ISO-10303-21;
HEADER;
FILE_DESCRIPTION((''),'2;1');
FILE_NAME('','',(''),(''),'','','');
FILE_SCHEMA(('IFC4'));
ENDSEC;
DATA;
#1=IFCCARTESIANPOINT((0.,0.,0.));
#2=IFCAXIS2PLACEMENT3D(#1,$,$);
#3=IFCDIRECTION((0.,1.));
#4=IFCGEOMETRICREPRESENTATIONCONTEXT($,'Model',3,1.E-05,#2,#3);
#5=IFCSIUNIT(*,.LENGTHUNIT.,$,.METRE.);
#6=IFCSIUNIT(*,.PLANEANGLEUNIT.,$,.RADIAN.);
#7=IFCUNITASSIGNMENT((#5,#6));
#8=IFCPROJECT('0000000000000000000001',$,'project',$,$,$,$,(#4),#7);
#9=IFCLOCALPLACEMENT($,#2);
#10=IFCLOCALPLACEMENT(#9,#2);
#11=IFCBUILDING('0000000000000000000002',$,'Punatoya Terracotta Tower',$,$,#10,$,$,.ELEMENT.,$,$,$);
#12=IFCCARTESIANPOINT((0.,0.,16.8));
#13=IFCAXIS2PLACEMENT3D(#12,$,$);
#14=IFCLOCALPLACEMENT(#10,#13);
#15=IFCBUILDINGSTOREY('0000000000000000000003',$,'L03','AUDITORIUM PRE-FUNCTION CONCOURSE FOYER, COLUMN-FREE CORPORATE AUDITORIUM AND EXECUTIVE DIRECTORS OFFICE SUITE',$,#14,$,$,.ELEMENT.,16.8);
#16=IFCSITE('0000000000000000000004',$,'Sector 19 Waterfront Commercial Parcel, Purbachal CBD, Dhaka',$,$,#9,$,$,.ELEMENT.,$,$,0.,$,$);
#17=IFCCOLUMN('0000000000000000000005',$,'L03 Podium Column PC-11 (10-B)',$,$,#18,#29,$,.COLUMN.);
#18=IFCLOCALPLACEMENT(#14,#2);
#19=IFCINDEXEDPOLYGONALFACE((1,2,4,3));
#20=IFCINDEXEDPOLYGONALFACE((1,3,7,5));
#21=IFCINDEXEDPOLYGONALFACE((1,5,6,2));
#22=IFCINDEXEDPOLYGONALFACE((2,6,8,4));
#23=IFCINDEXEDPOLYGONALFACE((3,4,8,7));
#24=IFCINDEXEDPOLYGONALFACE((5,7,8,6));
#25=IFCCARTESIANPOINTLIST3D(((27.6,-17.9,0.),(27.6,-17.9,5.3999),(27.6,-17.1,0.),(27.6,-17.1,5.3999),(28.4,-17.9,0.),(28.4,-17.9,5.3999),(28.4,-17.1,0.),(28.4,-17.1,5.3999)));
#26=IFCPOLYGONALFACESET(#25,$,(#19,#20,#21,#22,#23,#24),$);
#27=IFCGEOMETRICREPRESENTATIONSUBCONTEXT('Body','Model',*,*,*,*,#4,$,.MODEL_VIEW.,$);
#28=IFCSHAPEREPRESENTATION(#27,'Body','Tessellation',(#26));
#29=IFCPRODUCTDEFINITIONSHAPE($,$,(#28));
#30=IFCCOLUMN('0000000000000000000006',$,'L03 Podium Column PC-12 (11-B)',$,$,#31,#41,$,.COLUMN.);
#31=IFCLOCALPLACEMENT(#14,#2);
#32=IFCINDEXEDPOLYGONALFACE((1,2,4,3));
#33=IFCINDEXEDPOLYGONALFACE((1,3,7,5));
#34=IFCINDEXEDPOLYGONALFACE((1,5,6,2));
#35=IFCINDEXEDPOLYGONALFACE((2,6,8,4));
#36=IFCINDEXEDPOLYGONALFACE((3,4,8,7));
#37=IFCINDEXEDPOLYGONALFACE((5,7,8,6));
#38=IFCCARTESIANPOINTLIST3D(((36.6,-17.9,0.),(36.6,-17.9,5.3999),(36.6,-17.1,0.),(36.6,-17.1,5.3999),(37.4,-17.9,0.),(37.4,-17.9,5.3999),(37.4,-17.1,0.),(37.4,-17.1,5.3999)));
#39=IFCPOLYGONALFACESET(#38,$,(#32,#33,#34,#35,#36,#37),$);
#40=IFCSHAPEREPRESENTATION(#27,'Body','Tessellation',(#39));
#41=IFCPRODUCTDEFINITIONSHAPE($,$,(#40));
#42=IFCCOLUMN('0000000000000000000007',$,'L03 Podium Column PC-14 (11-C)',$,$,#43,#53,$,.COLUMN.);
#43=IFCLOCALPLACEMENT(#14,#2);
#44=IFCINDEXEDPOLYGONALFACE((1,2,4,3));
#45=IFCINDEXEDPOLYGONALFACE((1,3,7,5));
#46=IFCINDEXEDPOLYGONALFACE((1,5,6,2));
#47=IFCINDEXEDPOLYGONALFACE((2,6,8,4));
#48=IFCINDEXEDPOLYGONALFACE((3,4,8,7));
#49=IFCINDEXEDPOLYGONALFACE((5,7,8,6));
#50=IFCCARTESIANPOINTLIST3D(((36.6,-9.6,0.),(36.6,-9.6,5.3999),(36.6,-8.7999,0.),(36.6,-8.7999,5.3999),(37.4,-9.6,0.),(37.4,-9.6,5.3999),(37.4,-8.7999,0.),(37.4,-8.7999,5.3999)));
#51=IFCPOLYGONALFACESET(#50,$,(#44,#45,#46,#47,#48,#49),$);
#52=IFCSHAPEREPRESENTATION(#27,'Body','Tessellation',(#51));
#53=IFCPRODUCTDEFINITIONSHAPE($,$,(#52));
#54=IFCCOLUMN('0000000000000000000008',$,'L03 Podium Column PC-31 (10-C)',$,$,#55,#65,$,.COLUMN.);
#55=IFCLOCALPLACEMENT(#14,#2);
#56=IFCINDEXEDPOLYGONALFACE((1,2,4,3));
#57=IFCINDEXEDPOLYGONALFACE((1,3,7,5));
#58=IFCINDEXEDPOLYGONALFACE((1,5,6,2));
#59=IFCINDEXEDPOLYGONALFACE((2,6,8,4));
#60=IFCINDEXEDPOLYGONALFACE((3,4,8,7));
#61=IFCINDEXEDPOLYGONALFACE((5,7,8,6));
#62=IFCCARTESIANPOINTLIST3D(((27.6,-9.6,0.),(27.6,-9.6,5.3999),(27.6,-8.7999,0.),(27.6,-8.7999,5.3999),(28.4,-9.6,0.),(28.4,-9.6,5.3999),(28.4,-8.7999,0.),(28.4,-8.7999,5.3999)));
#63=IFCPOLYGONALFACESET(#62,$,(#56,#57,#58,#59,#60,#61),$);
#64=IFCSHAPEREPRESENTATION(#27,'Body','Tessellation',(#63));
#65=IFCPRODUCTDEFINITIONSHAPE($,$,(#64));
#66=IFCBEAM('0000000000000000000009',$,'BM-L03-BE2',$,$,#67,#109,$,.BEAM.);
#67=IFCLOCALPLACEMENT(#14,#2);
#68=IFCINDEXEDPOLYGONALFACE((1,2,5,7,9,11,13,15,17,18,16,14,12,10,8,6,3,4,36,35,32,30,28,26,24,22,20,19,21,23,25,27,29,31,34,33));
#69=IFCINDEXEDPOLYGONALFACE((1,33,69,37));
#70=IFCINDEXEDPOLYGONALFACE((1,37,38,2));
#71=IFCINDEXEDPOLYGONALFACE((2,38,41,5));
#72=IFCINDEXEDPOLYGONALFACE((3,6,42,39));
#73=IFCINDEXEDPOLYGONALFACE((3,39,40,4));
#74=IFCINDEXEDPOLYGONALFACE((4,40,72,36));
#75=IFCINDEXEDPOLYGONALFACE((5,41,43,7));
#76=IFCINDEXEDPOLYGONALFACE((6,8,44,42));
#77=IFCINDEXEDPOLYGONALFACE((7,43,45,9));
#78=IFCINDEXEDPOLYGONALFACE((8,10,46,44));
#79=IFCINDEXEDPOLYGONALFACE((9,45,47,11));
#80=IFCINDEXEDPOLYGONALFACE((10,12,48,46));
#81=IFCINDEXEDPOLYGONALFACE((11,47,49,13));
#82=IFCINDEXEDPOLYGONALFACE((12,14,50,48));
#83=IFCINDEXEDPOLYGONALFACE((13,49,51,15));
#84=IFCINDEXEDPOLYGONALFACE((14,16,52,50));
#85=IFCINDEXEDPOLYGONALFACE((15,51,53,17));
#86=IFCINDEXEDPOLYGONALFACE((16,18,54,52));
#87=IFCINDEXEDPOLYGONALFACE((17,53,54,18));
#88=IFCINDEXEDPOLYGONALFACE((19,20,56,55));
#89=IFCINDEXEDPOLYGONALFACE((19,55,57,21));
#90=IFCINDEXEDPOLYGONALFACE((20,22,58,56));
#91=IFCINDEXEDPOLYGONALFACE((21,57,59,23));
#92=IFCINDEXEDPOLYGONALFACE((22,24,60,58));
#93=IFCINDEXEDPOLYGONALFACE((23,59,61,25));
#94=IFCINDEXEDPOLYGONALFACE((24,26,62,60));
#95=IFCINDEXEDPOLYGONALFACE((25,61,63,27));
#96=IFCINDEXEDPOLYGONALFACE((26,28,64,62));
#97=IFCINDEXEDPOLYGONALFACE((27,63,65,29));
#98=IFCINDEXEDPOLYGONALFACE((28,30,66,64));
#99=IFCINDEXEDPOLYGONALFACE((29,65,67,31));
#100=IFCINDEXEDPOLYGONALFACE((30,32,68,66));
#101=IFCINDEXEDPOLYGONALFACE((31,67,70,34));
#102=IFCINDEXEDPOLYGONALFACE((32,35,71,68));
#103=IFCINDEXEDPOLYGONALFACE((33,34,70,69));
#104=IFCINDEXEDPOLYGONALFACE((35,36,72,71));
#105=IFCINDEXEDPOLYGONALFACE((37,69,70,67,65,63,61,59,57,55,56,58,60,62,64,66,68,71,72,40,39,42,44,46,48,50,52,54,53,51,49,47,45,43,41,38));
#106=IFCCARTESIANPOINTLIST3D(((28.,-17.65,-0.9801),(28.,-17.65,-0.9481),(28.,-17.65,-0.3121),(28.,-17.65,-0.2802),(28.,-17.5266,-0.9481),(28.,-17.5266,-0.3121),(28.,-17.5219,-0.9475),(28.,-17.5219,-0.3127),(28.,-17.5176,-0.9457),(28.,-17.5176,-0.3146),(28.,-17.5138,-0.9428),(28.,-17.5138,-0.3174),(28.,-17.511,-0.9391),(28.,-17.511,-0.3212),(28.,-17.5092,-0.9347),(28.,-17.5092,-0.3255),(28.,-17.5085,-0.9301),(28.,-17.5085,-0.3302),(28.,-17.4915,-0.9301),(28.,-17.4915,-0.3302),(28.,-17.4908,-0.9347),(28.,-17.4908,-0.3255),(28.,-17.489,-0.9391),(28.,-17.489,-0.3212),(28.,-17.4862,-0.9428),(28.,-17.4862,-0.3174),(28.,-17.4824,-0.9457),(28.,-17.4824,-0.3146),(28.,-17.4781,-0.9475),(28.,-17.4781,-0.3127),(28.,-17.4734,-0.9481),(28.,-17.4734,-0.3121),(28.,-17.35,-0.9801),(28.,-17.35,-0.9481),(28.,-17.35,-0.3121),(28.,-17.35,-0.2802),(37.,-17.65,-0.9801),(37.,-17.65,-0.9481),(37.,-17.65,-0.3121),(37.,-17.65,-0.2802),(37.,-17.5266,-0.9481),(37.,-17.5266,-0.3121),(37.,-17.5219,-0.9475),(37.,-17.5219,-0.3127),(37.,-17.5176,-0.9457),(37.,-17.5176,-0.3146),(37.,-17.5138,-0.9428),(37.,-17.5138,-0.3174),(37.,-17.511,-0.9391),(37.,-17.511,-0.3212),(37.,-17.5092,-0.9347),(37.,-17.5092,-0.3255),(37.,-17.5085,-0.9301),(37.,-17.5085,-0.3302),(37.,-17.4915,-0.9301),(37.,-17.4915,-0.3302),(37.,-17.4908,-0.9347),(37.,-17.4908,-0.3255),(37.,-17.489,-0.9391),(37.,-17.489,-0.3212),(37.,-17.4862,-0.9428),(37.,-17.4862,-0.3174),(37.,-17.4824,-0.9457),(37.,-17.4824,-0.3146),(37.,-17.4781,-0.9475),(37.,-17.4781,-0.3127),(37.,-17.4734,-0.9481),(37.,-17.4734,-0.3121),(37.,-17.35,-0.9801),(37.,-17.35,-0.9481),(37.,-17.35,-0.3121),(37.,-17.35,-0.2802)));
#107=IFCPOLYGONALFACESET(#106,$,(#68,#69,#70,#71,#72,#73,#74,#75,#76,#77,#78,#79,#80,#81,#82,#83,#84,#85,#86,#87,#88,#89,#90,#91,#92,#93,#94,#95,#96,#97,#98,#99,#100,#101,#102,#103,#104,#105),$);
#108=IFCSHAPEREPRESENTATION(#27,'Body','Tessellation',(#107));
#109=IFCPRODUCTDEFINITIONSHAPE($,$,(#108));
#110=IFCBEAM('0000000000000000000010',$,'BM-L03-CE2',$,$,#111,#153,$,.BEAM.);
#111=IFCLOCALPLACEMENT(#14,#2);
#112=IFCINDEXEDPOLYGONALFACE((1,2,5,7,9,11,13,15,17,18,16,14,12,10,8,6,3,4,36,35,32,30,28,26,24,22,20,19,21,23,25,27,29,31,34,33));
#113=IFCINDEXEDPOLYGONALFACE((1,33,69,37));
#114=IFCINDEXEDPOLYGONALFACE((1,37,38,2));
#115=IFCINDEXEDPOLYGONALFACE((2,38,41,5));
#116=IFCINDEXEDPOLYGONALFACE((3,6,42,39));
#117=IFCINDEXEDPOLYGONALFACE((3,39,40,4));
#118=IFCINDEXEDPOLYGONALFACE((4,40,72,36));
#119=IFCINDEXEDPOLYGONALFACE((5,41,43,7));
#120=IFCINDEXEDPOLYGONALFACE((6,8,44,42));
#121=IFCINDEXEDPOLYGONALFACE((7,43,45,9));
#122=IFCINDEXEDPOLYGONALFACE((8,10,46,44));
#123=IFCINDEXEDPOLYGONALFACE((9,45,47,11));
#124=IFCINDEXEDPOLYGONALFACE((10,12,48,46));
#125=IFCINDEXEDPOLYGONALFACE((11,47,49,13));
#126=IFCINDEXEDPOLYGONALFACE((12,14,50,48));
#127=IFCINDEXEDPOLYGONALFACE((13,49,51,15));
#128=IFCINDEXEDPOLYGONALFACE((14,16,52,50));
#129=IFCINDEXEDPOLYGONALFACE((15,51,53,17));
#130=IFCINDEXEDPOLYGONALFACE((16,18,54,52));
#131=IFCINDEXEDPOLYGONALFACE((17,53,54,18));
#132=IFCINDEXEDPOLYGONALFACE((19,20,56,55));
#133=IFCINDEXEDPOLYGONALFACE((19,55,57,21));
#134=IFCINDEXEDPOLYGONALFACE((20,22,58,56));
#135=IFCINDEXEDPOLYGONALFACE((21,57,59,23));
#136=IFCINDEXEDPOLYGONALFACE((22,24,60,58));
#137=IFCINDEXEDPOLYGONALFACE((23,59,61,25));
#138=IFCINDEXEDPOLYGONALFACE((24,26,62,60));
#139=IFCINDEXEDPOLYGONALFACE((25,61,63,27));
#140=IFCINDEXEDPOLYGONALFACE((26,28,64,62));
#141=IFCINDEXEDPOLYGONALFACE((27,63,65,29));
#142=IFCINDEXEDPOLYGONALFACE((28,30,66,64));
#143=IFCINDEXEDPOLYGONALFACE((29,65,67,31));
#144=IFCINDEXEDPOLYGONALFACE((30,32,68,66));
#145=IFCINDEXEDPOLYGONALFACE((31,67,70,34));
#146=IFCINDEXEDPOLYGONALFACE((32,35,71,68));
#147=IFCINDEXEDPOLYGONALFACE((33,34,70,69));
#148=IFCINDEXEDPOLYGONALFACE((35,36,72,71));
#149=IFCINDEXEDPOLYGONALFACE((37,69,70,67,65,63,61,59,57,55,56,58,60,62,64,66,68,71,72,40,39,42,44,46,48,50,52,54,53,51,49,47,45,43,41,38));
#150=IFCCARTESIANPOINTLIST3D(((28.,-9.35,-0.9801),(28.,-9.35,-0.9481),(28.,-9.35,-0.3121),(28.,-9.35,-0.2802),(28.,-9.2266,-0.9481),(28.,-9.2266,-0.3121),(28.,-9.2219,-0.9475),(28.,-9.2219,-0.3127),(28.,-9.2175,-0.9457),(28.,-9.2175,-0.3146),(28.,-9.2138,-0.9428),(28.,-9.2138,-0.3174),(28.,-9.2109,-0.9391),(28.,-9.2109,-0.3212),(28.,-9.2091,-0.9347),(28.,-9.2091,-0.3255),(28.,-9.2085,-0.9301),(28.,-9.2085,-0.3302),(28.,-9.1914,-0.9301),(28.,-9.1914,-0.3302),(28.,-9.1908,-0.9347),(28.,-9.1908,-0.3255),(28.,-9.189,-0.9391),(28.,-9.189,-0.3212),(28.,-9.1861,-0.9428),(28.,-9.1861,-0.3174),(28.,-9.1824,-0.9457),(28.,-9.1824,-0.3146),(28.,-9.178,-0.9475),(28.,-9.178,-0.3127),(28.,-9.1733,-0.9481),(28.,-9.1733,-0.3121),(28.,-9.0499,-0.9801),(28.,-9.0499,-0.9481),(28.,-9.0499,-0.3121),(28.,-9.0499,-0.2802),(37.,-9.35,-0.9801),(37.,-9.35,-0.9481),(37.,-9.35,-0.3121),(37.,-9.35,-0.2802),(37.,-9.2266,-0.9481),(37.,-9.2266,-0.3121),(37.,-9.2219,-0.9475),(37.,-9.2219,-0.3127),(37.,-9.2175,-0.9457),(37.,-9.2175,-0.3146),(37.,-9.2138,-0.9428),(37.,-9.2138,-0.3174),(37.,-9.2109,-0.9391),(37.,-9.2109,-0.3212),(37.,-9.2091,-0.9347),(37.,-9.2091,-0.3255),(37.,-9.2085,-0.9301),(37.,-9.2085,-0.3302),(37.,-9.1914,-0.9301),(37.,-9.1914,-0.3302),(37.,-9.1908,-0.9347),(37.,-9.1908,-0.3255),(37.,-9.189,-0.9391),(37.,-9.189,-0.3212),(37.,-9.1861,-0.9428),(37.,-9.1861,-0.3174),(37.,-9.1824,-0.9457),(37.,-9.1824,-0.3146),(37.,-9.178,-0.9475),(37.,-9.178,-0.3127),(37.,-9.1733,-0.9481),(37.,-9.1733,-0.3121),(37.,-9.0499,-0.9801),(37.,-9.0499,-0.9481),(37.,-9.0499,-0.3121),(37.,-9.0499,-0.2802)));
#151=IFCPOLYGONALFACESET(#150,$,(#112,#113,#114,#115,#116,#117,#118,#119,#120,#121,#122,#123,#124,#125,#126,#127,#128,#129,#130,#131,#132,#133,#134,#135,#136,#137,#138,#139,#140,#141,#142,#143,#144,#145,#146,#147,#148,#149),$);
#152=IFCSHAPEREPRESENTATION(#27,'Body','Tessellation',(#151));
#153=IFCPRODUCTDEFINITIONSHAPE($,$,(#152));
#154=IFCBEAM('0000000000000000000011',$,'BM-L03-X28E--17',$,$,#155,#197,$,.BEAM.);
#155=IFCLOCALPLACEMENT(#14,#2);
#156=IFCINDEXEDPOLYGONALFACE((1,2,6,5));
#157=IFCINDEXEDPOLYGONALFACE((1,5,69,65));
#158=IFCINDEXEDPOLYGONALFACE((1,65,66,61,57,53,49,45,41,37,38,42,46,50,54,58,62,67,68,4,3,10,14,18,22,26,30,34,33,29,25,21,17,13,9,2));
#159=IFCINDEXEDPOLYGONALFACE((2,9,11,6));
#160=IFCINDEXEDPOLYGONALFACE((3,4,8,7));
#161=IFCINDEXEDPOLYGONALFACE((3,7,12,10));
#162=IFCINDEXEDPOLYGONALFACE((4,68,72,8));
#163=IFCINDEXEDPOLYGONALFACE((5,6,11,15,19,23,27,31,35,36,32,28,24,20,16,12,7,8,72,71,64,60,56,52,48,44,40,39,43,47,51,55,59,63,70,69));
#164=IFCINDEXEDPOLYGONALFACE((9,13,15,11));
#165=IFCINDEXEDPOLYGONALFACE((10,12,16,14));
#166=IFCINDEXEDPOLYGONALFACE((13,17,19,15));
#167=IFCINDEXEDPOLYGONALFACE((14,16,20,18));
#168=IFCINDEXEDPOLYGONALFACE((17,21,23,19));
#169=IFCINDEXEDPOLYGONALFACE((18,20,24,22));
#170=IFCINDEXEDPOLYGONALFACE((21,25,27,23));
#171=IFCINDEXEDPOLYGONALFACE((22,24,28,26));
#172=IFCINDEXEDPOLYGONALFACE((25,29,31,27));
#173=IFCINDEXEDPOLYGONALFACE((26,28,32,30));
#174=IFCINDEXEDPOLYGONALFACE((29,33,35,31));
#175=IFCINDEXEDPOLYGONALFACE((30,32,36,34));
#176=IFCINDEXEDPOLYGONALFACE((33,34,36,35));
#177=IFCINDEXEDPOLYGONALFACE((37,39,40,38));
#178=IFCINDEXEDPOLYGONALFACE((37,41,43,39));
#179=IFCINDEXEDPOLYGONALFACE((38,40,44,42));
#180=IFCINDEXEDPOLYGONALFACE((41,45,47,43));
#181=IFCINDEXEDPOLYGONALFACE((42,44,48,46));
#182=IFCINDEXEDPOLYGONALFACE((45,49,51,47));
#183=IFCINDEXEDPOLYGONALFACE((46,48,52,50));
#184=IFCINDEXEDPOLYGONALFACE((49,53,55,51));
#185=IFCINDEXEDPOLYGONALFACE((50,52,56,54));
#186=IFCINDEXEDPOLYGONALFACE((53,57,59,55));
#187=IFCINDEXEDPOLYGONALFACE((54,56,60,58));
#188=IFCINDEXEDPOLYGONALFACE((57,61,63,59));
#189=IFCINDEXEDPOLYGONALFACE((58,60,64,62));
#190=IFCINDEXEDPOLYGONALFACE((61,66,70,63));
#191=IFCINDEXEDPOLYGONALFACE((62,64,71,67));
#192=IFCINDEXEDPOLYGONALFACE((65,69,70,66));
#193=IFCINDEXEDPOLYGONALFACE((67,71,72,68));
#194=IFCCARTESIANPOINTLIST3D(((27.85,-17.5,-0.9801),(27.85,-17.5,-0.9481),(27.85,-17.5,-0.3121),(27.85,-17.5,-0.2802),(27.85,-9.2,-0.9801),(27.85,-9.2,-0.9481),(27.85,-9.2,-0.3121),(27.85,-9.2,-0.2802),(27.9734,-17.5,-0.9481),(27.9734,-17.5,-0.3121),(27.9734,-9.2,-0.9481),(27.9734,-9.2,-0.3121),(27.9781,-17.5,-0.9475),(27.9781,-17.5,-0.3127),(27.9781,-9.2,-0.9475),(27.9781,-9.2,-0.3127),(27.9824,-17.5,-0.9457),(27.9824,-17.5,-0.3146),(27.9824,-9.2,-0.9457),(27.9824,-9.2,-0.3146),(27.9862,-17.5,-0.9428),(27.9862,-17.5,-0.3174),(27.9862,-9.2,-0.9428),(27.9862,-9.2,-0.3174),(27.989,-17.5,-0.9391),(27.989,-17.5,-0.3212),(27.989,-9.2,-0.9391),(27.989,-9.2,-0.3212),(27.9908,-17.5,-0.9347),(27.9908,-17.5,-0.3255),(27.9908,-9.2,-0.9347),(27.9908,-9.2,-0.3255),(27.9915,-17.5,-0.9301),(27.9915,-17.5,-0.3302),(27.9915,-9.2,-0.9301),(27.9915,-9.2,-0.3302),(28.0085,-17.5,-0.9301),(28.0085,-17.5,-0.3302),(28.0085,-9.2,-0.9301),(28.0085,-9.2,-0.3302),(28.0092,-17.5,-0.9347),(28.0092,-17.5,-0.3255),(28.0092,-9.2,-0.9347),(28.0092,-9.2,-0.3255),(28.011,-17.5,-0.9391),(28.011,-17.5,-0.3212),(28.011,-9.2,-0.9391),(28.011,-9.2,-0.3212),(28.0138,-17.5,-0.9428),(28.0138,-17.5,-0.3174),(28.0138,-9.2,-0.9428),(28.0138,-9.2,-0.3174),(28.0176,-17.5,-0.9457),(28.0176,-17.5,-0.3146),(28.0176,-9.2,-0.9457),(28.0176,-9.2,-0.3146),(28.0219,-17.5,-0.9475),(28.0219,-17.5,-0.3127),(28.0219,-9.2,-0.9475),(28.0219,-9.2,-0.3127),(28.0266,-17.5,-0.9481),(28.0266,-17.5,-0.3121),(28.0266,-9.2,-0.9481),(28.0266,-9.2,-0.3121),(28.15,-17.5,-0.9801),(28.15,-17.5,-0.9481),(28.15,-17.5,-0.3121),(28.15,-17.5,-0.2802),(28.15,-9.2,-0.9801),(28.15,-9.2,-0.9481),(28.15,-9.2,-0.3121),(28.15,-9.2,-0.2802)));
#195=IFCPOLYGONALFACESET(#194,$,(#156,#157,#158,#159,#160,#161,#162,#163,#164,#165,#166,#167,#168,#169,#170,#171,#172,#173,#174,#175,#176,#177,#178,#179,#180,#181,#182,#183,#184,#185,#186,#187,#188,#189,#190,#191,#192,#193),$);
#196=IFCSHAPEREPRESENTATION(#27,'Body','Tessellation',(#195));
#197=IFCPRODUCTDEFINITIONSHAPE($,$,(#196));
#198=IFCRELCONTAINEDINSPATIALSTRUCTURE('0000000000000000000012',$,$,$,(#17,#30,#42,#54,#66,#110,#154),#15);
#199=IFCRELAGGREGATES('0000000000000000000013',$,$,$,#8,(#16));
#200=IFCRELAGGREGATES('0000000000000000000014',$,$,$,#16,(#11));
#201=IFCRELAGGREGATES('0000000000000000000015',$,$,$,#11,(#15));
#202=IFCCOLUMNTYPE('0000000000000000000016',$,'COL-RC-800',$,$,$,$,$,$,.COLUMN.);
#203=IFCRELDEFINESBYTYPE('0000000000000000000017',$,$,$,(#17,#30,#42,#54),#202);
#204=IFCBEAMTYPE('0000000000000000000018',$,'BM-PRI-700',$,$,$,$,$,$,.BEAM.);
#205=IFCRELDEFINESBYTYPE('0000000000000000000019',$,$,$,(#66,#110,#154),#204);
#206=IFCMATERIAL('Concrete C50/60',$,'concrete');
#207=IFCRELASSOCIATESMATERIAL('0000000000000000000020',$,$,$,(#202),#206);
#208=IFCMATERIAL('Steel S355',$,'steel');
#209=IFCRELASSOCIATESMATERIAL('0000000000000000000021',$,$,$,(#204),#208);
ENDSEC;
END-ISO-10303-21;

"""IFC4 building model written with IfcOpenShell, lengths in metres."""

from ifc_helpers import new_model, si_unit, direction, frame, origin, origin_2d, place, context, subcontext, project, spatial, rectangle, i_section, extrude, material, material_profile, profile_set, type_object, element, save


model = new_model("IFC4")

# Units and contexts
model_context = context("Model", 3, precision=1e-05, world=origin(), true_north=direction((0.0, 1.0)))
body_context = subcontext(model_context, "Body", "Model", "MODEL_VIEW")
ifc_project = project(units=[si_unit("LENGTHUNIT", "METRE"), si_unit("PLANEANGLEUNIT", "RADIAN")], contexts=[model_context])

# Site, building, storey
site_placement = place(None, origin())
site = spatial("IfcSite", under=ifc_project, at=site_placement, Name="Sector 19 Waterfront Commercial Parcel, Purbachal CBD, Dhaka", CompositionType="ELEMENT", RefElevation=0.0)
building_placement = place(site_placement, origin())
building = spatial("IfcBuilding", under=site, at=building_placement, Name="Punatoya Terracotta Tower", CompositionType="ELEMENT")
storey_placement = place(building_placement, frame((0.0, 0.0, 16.8)))
storey = spatial("IfcBuildingStorey", under=building, at=storey_placement, Name="L03", Description="AUDITORIUM PRE-FUNCTION CONCOURSE FOYER, COLUMN-FREE CORPORATE AUDITORIUM AND EXECUTIVE DIRECTORS OFFICE SUITE", CompositionType="ELEMENT", Elevation=16.8)

# Columns
ifc_material_1 = material(Name="Concrete C50/60", Category="concrete")
ifc_material_profile_1 = material_profile(ifc_material_1, rectangle(XDim=0.8, YDim=0.8, at=origin_2d()))
ifc_profile_set_1 = profile_set([ifc_material_profile_1], Name="Concrete C50/60")
column_type = type_object("IfcColumnType", Name="COL-RC-800", PredefinedType="COLUMN", material=ifc_profile_set_1)
for number, where, z_axis, x_axis, name in (
    (1, (28.0, -17.5, 0.0), (0.0, 0.0, 1.0), (1.0, 0.0, 0.0), "L03 Podium Column PC-11 (10-B)"),
    (2, (37.0, -17.5, 0.0), (0.0, 0.0, 1.0), (1.0, 0.0, 0.0), "L03 Podium Column PC-12 (11-B)"),
    (3, (37.0, -9.2, 0.0), (0.0, 0.0, 1.0), (1.0, 0.0, 0.0), "L03 Podium Column PC-14 (11-C)"),
    (4, (28.0, -9.2, 0.0), (0.0, 0.0, 1.0), (1.0, 0.0, 0.0), "L03 Podium Column PC-31 (10-C)"),
):
    element("IfcColumn", number, at=place(storey_placement, frame(where, z_axis=z_axis, x_axis=x_axis)), inside=storey, type_object=column_type, Name=name, PredefinedType="COLUMN", context=body_context, shape_type="SweptSolid", body=[
        extrude(rectangle(XDim=0.8, YDim=0.8, at=origin_2d()), origin(), (0.0, 0.0, 1.0), 5.3999),
    ])

# Beams
ifc_material_2 = material(Name="Steel S355", Category="steel")
ifc_material_profile_2 = material_profile(ifc_material_2, i_section(OverallWidth=0.3, OverallDepth=0.7, WebThickness=0.0171, FlangeThickness=0.032, FilletRadius=0.0181, at=origin_2d()))
ifc_profile_set_2 = profile_set([ifc_material_profile_2], Name="Steel S355")
beam_type_1 = type_object("IfcBeamType", Name="BM-PRI-700", PredefinedType="BEAM", material=ifc_profile_set_2)
for number, where, z_axis, x_axis, name in (
    (5, (28.0, -17.5, -0.6301), (1.0, 0.0, 0.0), (0.0, 1.0, 0.0), "BM-L03-BE2"),
    (6, (28.0, -9.2, -0.6301), (1.0, 0.0, 0.0), (0.0, 1.0, 0.0), "BM-L03-CE2"),
):
    element("IfcBeam", number, at=place(storey_placement, frame(where, z_axis=z_axis, x_axis=x_axis)), inside=storey, type_object=beam_type_1, Name=name, PredefinedType="BEAM", context=body_context, shape_type="SweptSolid", body=[
        extrude(i_section(OverallWidth=0.3, OverallDepth=0.7, WebThickness=0.0171, FlangeThickness=0.032, FilletRadius=0.0181, at=origin_2d()), origin(), (0.0, 0.0, 1.0), 9.0),
    ])
beam_1_placement = place(storey_placement, frame((28.0, -17.5, -0.6301), z_axis=(0.0, 1.0, 0.0), x_axis=(-1.0, 0.0, 0.0)))
element("IfcBeam", 7, at=beam_1_placement, inside=storey, type_object=beam_type_1, Name="BM-L03-X28E--17", PredefinedType="BEAM", context=body_context, shape_type="SweptSolid", body=[
    extrude(i_section(OverallWidth=0.3, OverallDepth=0.7, WebThickness=0.0171, FlangeThickness=0.032, FilletRadius=0.0181, at=origin_2d()), origin(), (0.0, 0.0, 1.0), 8.3),
])

save(model, "model.ifc")
